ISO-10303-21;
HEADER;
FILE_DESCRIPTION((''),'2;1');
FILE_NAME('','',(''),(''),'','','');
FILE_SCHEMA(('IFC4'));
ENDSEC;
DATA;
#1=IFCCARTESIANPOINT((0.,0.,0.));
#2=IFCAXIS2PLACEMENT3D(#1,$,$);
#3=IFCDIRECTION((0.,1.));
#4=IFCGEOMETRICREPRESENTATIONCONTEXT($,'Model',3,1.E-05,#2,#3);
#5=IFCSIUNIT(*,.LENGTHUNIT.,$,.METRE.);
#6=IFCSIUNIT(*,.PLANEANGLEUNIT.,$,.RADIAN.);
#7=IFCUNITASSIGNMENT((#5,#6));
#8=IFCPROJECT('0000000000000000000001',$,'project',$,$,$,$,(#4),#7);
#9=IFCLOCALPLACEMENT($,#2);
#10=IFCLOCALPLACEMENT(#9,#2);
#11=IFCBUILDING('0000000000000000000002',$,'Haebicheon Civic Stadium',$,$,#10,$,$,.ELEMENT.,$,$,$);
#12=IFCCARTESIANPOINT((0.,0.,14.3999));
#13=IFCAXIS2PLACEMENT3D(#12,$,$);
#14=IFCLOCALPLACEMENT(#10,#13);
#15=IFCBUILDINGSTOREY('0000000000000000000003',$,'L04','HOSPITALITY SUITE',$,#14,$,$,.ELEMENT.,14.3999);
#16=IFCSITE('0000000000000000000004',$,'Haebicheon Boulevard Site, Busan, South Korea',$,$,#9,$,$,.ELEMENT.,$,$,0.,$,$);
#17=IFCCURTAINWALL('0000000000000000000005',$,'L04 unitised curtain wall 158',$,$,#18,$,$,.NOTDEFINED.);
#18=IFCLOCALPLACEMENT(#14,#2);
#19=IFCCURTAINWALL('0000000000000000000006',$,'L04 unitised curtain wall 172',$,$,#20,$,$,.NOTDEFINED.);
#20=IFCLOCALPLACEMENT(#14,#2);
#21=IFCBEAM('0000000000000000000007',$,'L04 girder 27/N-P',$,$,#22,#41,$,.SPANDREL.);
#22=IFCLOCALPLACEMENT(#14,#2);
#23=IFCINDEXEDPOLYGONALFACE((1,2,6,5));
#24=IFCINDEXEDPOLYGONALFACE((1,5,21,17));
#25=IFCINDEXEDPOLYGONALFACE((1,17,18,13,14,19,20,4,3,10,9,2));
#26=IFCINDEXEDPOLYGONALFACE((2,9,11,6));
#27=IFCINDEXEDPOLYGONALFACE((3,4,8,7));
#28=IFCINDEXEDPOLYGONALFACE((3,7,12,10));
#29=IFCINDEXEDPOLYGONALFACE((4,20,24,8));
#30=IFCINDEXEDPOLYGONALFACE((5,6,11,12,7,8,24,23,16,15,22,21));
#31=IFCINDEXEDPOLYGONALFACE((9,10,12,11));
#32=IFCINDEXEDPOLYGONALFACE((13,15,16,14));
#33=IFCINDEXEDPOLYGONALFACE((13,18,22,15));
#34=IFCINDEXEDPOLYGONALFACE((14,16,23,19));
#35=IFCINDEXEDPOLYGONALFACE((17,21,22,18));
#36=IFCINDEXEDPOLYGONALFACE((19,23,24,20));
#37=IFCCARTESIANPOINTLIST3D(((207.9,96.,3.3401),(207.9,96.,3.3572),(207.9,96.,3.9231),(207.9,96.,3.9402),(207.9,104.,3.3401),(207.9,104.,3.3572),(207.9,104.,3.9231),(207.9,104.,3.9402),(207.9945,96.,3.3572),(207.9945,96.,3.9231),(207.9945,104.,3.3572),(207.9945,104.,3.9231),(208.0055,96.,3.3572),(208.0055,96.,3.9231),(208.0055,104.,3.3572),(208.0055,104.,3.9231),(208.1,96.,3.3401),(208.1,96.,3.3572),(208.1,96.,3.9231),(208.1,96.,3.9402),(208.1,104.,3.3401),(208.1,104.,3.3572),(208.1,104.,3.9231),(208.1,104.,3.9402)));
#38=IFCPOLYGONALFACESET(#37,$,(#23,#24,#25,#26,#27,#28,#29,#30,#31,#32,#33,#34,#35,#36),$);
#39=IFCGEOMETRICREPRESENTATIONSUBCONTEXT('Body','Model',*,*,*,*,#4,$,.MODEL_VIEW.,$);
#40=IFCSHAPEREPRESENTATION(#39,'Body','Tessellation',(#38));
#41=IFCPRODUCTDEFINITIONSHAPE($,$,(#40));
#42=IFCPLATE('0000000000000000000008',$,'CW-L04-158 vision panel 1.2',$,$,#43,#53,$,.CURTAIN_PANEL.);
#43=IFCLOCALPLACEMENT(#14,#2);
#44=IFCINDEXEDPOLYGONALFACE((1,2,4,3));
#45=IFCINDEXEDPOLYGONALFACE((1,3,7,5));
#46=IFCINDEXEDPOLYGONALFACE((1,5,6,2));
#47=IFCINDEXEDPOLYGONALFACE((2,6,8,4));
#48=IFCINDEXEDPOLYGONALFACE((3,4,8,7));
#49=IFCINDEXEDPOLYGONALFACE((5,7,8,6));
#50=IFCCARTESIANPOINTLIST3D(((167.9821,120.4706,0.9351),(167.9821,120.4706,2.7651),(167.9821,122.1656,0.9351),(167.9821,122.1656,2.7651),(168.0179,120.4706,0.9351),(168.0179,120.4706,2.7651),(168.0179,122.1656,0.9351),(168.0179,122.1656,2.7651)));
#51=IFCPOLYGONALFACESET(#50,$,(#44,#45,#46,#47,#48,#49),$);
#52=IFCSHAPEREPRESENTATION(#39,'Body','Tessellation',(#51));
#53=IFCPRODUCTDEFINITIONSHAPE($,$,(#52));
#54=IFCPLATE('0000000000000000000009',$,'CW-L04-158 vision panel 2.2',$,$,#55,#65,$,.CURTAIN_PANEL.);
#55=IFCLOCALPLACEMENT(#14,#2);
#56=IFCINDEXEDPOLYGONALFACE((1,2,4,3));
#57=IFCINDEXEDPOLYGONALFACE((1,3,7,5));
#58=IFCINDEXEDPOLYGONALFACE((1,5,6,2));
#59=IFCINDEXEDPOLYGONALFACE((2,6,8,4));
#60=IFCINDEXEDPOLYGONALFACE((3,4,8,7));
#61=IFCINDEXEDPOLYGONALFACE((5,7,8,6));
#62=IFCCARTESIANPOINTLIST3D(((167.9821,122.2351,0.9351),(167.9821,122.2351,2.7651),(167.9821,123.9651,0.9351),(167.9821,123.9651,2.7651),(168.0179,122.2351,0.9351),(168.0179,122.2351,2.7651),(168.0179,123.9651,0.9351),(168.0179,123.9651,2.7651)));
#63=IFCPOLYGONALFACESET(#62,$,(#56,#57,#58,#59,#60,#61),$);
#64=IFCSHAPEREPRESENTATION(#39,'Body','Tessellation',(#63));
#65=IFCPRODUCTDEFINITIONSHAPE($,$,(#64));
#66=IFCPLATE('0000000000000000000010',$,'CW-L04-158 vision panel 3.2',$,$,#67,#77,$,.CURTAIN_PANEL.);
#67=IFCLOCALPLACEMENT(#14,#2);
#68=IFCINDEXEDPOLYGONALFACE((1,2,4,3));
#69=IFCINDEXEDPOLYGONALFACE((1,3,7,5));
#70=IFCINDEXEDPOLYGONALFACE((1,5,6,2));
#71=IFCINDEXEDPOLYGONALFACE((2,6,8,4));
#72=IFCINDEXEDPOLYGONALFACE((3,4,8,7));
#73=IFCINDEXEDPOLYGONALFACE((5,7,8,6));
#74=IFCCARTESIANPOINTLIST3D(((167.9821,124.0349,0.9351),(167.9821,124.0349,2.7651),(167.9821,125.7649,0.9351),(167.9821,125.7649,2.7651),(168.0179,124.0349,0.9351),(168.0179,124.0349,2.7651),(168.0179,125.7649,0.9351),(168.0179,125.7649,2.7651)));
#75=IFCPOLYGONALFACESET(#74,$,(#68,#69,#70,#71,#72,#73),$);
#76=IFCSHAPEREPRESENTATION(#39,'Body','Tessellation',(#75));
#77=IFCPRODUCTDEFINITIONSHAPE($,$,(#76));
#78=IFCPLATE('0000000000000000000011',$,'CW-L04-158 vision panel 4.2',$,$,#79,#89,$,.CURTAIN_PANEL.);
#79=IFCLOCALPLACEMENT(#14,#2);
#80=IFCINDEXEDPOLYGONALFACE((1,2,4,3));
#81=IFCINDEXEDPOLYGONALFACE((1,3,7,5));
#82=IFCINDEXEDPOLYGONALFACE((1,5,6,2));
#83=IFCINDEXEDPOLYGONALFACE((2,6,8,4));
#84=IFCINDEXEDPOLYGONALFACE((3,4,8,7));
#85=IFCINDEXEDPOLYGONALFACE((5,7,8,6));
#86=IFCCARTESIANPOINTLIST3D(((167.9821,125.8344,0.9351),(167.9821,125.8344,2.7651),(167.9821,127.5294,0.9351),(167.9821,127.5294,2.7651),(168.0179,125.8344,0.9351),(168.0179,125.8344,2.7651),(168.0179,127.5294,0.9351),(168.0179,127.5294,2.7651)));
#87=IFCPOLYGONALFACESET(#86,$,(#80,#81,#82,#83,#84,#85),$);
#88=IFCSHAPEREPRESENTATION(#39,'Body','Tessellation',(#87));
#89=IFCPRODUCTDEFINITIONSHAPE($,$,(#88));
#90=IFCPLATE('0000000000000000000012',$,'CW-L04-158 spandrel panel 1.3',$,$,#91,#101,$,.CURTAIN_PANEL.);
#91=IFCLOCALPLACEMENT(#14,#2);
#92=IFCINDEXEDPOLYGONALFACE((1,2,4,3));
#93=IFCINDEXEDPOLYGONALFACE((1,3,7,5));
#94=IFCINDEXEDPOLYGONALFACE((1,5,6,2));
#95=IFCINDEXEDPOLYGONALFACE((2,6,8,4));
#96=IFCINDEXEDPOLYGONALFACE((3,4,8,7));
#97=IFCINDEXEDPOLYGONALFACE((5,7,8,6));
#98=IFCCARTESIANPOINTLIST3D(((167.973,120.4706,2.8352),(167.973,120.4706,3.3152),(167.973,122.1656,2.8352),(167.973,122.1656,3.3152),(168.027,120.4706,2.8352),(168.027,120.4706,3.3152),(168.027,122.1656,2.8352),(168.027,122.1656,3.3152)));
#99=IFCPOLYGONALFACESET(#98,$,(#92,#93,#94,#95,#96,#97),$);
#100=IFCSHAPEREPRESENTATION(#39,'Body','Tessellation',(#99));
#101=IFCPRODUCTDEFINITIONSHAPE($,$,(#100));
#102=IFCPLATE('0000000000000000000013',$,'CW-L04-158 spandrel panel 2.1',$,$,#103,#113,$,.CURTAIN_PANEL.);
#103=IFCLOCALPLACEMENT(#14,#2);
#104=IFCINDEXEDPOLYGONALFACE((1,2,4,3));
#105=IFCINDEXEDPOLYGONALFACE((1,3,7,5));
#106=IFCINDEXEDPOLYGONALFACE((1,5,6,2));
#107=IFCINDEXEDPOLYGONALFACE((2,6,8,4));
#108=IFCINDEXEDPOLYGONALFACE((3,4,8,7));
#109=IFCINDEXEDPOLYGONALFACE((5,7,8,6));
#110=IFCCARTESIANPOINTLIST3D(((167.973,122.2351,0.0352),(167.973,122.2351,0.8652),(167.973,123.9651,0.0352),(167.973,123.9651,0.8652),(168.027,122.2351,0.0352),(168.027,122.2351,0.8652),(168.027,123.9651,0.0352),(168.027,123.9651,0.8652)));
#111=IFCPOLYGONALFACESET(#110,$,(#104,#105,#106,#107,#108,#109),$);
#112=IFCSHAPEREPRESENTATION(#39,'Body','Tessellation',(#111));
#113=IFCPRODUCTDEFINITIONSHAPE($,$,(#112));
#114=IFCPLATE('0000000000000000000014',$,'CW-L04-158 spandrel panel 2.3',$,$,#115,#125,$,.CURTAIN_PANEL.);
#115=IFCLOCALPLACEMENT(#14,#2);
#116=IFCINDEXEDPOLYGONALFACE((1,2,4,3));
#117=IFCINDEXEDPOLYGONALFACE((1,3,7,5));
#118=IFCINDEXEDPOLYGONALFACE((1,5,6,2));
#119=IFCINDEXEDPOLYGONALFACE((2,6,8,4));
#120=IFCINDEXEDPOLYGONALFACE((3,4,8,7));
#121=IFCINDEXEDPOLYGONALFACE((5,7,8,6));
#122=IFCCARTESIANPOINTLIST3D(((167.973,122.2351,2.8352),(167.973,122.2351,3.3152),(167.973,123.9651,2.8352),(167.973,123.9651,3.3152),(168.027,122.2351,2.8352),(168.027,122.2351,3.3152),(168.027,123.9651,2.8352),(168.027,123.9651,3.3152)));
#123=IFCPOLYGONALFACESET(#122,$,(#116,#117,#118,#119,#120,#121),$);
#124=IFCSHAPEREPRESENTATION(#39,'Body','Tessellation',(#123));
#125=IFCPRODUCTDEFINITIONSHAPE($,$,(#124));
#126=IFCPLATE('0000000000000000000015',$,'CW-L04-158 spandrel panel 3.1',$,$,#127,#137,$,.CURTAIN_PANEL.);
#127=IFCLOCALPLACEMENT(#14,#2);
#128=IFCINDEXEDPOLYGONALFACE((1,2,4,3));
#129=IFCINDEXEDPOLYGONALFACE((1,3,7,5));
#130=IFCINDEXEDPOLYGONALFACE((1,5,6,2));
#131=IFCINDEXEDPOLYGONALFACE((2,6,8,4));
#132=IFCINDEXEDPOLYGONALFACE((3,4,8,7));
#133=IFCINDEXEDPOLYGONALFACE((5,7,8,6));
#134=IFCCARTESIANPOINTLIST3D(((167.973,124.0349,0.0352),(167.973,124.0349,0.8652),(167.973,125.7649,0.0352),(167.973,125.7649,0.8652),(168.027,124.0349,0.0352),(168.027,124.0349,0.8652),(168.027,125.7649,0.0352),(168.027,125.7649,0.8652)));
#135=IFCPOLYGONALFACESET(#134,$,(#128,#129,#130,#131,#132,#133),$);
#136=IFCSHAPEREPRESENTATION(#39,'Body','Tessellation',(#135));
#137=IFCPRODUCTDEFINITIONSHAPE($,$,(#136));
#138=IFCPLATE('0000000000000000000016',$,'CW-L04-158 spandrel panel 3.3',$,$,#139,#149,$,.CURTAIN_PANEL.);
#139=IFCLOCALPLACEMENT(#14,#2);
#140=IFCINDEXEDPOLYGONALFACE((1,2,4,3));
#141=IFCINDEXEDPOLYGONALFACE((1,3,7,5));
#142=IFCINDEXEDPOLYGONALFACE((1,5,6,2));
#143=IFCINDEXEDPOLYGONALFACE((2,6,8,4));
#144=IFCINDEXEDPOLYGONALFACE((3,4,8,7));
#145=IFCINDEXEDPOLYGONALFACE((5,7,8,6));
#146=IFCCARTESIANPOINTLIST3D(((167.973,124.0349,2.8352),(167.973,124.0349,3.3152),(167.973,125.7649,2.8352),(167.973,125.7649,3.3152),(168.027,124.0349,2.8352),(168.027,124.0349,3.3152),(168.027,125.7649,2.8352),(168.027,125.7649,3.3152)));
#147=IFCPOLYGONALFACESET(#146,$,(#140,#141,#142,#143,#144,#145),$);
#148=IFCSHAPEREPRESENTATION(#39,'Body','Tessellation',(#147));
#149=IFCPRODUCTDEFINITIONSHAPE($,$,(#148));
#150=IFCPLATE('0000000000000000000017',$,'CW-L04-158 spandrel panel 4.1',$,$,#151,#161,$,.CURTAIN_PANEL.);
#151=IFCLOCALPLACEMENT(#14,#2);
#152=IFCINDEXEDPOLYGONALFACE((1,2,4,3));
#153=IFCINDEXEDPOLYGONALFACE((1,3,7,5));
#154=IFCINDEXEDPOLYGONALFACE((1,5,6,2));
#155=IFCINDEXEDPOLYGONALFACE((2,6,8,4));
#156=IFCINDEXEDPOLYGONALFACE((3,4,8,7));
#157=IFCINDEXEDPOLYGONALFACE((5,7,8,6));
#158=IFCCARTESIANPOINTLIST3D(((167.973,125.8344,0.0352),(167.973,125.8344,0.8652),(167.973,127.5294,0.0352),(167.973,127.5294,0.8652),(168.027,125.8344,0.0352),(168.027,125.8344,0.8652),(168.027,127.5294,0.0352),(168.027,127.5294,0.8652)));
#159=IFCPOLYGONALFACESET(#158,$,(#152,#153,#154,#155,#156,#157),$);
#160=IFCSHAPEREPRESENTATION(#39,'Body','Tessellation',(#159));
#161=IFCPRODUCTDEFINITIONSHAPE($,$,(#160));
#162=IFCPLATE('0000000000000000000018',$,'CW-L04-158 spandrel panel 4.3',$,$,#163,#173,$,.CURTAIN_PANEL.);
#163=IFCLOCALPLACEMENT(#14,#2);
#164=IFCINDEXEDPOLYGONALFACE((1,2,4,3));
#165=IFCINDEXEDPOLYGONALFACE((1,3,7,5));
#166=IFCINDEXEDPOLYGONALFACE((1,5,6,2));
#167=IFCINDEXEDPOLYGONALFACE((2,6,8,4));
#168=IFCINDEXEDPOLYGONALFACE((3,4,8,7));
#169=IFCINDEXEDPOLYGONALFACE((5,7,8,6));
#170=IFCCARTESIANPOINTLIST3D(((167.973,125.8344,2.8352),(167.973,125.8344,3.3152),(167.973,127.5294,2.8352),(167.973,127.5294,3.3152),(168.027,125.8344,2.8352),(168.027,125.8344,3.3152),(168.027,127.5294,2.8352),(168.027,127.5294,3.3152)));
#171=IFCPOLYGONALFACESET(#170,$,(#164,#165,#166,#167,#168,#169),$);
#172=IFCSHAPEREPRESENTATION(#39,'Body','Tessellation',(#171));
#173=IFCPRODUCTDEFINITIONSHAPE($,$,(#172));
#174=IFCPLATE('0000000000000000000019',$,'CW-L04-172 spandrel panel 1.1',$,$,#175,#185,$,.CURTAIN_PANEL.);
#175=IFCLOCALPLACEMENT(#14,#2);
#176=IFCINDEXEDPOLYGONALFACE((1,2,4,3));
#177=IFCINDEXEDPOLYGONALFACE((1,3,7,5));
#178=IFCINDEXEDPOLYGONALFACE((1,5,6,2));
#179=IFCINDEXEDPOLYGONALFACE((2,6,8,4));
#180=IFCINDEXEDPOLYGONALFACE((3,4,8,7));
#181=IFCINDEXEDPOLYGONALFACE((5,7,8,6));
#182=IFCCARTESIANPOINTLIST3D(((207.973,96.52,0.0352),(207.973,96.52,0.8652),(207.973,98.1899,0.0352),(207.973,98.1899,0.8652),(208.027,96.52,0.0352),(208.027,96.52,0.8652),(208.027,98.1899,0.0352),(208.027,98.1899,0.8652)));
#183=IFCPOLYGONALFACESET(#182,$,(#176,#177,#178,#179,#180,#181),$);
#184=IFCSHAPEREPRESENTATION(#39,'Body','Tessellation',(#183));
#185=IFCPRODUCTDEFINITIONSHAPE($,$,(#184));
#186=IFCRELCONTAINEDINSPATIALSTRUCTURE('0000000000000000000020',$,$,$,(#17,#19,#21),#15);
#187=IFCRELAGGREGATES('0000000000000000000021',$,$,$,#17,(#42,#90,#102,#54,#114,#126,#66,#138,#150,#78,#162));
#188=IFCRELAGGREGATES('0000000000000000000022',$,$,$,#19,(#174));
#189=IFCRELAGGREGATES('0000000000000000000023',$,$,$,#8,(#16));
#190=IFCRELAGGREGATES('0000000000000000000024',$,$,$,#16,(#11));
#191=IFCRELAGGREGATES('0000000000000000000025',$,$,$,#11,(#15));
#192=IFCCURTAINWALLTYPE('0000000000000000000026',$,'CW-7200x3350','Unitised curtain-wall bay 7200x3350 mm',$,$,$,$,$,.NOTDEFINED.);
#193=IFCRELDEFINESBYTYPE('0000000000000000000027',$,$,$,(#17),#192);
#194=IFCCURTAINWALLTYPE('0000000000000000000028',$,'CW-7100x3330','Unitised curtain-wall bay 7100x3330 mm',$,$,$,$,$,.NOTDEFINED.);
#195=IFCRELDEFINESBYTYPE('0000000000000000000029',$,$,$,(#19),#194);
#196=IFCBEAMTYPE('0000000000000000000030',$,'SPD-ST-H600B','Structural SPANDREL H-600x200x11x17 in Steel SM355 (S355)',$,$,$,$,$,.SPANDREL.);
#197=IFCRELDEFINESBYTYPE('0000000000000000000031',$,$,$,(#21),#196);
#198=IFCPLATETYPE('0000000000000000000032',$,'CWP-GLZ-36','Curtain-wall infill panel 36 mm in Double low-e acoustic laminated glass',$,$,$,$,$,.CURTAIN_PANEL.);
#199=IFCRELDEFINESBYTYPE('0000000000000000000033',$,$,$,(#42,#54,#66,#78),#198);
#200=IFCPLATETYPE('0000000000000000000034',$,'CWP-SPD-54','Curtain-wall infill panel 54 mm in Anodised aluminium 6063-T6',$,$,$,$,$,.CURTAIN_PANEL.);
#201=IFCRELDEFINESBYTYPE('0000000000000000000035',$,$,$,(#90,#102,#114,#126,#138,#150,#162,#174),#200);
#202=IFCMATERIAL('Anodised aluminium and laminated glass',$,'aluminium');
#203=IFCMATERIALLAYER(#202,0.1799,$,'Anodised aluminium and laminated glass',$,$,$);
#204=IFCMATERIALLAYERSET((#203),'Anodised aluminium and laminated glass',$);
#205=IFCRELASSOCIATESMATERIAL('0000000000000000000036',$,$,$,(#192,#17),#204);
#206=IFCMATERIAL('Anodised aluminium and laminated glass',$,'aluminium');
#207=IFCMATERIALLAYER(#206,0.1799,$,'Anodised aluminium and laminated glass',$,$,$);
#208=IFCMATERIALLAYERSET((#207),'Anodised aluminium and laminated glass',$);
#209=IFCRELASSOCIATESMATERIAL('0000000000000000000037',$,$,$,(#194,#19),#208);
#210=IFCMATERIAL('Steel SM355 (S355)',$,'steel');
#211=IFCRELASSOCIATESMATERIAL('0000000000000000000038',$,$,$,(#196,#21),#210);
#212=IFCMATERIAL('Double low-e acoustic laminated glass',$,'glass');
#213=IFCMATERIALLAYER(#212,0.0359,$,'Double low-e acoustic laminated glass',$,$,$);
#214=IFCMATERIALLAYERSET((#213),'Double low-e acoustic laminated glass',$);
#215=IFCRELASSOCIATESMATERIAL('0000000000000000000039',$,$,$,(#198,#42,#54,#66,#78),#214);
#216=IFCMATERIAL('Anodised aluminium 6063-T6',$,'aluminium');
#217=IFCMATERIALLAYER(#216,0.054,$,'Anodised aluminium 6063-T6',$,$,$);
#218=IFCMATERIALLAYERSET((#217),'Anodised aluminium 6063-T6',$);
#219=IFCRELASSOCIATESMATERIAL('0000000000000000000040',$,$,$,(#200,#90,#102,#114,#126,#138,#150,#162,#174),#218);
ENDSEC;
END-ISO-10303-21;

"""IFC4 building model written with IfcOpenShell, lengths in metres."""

from ifc_helpers import new_model, si_unit, direction, frame, origin, origin_2d, place, context, subcontext, project, spatial, rectangle, i_section, extrude, material, layer, layer_set, material_profile, profile_set, type_object, element, aggregate, save


model = new_model("IFC4")

# Units and contexts
model_context = context("Model", 3, precision=1e-05, world=origin(), true_north=direction((0.0, 1.0)))
body_context = subcontext(model_context, "Body", "Model", "MODEL_VIEW")
ifc_project = project(units=[si_unit("LENGTHUNIT", "METRE"), si_unit("PLANEANGLEUNIT", "RADIAN")], contexts=[model_context])

# Site, building, storey
site_placement = place(None, origin())
site = spatial("IfcSite", under=ifc_project, at=site_placement, Name="Haebicheon Boulevard Site, Busan, South Korea", CompositionType="ELEMENT", RefElevation=0.0)
building_placement = place(site_placement, origin())
building = spatial("IfcBuilding", under=site, at=building_placement, Name="Haebicheon Civic Stadium", CompositionType="ELEMENT")
storey_placement = place(building_placement, frame((0.0, 0.0, 14.3999)))
storey = spatial("IfcBuildingStorey", under=building, at=storey_placement, Name="L04", Description="HOSPITALITY SUITE", CompositionType="ELEMENT", Elevation=14.3999)

# Curtain wall
ifc_material_1 = material(Name="Anodised aluminium and laminated glass", Category="aluminium")
ifc_layer_1 = layer(ifc_material_1, 0.1799, Name="Anodised aluminium and laminated glass")
ifc_layer_set_1 = layer_set([ifc_layer_1], Name="Anodised aluminium and laminated glass")
curtain_wall_type_1 = type_object("IfcCurtainWallType", Name="CW-7200x3350", Description="Unitised curtain-wall bay 7200x3350 mm", PredefinedType="NOTDEFINED", material=ifc_layer_set_1)
curtain_wall_1_placement = place(storey_placement, origin())
curtain_wall_1 = element("IfcCurtainWall", 1, at=curtain_wall_1_placement, inside=storey, type_object=curtain_wall_type_1, material=ifc_layer_set_1, Name="L04 unitised curtain wall 158", PredefinedType="NOTDEFINED")

# Curtain wall
ifc_material_2 = material(Name="Anodised aluminium and laminated glass", Category="aluminium")
ifc_layer_2 = layer(ifc_material_2, 0.1799, Name="Anodised aluminium and laminated glass")
ifc_layer_set_2 = layer_set([ifc_layer_2], Name="Anodised aluminium and laminated glass")
curtain_wall_type_2 = type_object("IfcCurtainWallType", Name="CW-7100x3330", Description="Unitised curtain-wall bay 7100x3330 mm", PredefinedType="NOTDEFINED", material=ifc_layer_set_2)
curtain_wall_2_placement = place(storey_placement, origin())
curtain_wall_2 = element("IfcCurtainWall", 2, at=curtain_wall_2_placement, inside=storey, type_object=curtain_wall_type_2, material=ifc_layer_set_2, Name="L04 unitised curtain wall 172", PredefinedType="NOTDEFINED")

# Beam
ifc_material_3 = material(Name="Steel SM355 (S355)", Category="steel")
ifc_material_profile_1 = material_profile(ifc_material_3, i_section(OverallWidth=0.2, OverallDepth=0.6001, WebThickness=0.011, FlangeThickness=0.0171, at=origin_2d()), Name="H-600x200x11x17")
ifc_profile_set_1 = profile_set([ifc_material_profile_1], Name="Steel SM355 (S355)")
beam_type_1 = type_object("IfcBeamType", Name="SPD-ST-H600B", Description="Structural SPANDREL H-600x200x11x17 in Steel SM355 (S355)", PredefinedType="SPANDREL", material=ifc_profile_set_1)
beam_1_placement = place(storey_placement, frame((208.0, 96.0, 3.6401), z_axis=(0.0, 1.0, 0.0), x_axis=(-1.0, 0.0, 0.0)))
element("IfcBeam", 3, at=beam_1_placement, inside=storey, type_object=beam_type_1, material=ifc_profile_set_1, Name="L04 girder 27/N-P", PredefinedType="SPANDREL", context=body_context, shape_type="SweptSolid", body=[
    extrude(i_section(OverallWidth=0.2, OverallDepth=0.6001, WebThickness=0.011, FlangeThickness=0.0171, at=origin_2d()), origin(), (0.0, 0.0, 1.0), 8.0),
])

# Plates
ifc_material_4 = material(Name="Double low-e acoustic laminated glass", Category="glass")
ifc_layer_3 = layer(ifc_material_4, 0.0359, Name="Double low-e acoustic laminated glass")
ifc_layer_set_3 = layer_set([ifc_layer_3], Name="Double low-e acoustic laminated glass")
plate_type_1 = type_object("IfcPlateType", Name="CWP-GLZ-36", Description="Curtain-wall infill panel 36 mm in Double low-e acoustic laminated glass", PredefinedType="CURTAIN_PANEL", material=ifc_layer_set_3)
plate_1_placement = place(storey_placement, frame((168.0, 121.3181, 0.9351), z_axis=(0.0, 0.0, 1.0), x_axis=(0.0, 1.0, 0.0)))
plate_1 = element("IfcPlate", 4, at=plate_1_placement, type_object=plate_type_1, material=ifc_layer_set_3, Name="CW-L04-158 vision panel 1.2", PredefinedType="CURTAIN_PANEL", context=body_context, shape_type="SweptSolid", body=[
    extrude(rectangle(XDim=1.6951, YDim=0.0359, at=origin_2d()), origin(), (0.0, 0.0, 1.0), 1.8301),
])
plate_2_placement = place(storey_placement, frame((168.0, 123.1001, 0.9351), z_axis=(0.0, 0.0, 1.0), x_axis=(0.0, 1.0, 0.0)))
plate_2 = element("IfcPlate", 5, at=plate_2_placement, type_object=plate_type_1, material=ifc_layer_set_3, Name="CW-L04-158 vision panel 2.2", PredefinedType="CURTAIN_PANEL", context=body_context, shape_type="SweptSolid", body=[
    extrude(rectangle(XDim=1.73, YDim=0.0359, at=origin_2d()), origin(), (0.0, 0.0, 1.0), 1.8301),
])
plate_3_placement = place(storey_placement, frame((168.0, 124.8999, 0.9351), z_axis=(0.0, 0.0, 1.0), x_axis=(0.0, 1.0, 0.0)))
plate_3 = element("IfcPlate", 6, at=plate_3_placement, type_object=plate_type_1, material=ifc_layer_set_3, Name="CW-L04-158 vision panel 3.2", PredefinedType="CURTAIN_PANEL", context=body_context, shape_type="SweptSolid", body=[
    extrude(rectangle(XDim=1.73, YDim=0.0359, at=origin_2d()), origin(), (0.0, 0.0, 1.0), 1.8301),
])
plate_4_placement = place(storey_placement, frame((168.0, 126.6819, 0.9351), z_axis=(0.0, 0.0, 1.0), x_axis=(0.0, 1.0, 0.0)))
plate_4 = element("IfcPlate", 7, at=plate_4_placement, type_object=plate_type_1, material=ifc_layer_set_3, Name="CW-L04-158 vision panel 4.2", PredefinedType="CURTAIN_PANEL", context=body_context, shape_type="SweptSolid", body=[
    extrude(rectangle(XDim=1.6951, YDim=0.0359, at=origin_2d()), origin(), (0.0, 0.0, 1.0), 1.8301),
])
ifc_material_5 = material(Name="Anodised aluminium 6063-T6", Category="aluminium")
ifc_layer_4 = layer(ifc_material_5, 0.054, Name="Anodised aluminium 6063-T6")
ifc_layer_set_4 = layer_set([ifc_layer_4], Name="Anodised aluminium 6063-T6")
plate_type_2 = type_object("IfcPlateType", Name="CWP-SPD-54", Description="Curtain-wall infill panel 54 mm in Anodised aluminium 6063-T6", PredefinedType="CURTAIN_PANEL", material=ifc_layer_set_4)
plate_5_placement = place(storey_placement, frame((168.0, 121.3181, 2.8352), z_axis=(0.0, 0.0, 1.0), x_axis=(0.0, 1.0, 0.0)))
plate_5 = element("IfcPlate", 8, at=plate_5_placement, type_object=plate_type_2, material=ifc_layer_set_4, Name="CW-L04-158 spandrel panel 1.3", PredefinedType="CURTAIN_PANEL", context=body_context, shape_type="SweptSolid", body=[
    extrude(rectangle(XDim=1.6951, YDim=0.054, at=origin_2d()), origin(), (0.0, 0.0, 1.0), 0.48),
])
plate_6_placement = place(storey_placement, frame((168.0, 123.1001, 0.0352), z_axis=(0.0, 0.0, 1.0), x_axis=(0.0, 1.0, 0.0)))
plate_6 = element("IfcPlate", 9, at=plate_6_placement, type_object=plate_type_2, material=ifc_layer_set_4, Name="CW-L04-158 spandrel panel 2.1", PredefinedType="CURTAIN_PANEL", context=body_context, shape_type="SweptSolid", body=[
    extrude(rectangle(XDim=1.73, YDim=0.054, at=origin_2d()), origin(), (0.0, 0.0, 1.0), 0.8301),
])
plate_7_placement = place(storey_placement, frame((168.0, 123.1001, 2.8352), z_axis=(0.0, 0.0, 1.0), x_axis=(0.0, 1.0, 0.0)))
plate_7 = element("IfcPlate", 10, at=plate_7_placement, type_object=plate_type_2, material=ifc_layer_set_4, Name="CW-L04-158 spandrel panel 2.3", PredefinedType="CURTAIN_PANEL", context=body_context, shape_type="SweptSolid", body=[
    extrude(rectangle(XDim=1.73, YDim=0.054, at=origin_2d()), origin(), (0.0, 0.0, 1.0), 0.48),
])
plate_8_placement = place(storey_placement, frame((168.0, 124.8999, 0.0352), z_axis=(0.0, 0.0, 1.0), x_axis=(0.0, 1.0, 0.0)))
plate_8 = element("IfcPlate", 11, at=plate_8_placement, type_object=plate_type_2, material=ifc_layer_set_4, Name="CW-L04-158 spandrel panel 3.1", PredefinedType="CURTAIN_PANEL", context=body_context, shape_type="SweptSolid", body=[
    extrude(rectangle(XDim=1.73, YDim=0.054, at=origin_2d()), origin(), (0.0, 0.0, 1.0), 0.8301),
])
plate_9_placement = place(storey_placement, frame((168.0, 124.8999, 2.8352), z_axis=(0.0, 0.0, 1.0), x_axis=(0.0, 1.0, 0.0)))
plate_9 = element("IfcPlate", 12, at=plate_9_placement, type_object=plate_type_2, material=ifc_layer_set_4, Name="CW-L04-158 spandrel panel 3.3", PredefinedType="CURTAIN_PANEL", context=body_context, shape_type="SweptSolid", body=[
    extrude(rectangle(XDim=1.73, YDim=0.054, at=origin_2d()), origin(), (0.0, 0.0, 1.0), 0.48),
])
plate_10_placement = place(storey_placement, frame((168.0, 126.6819, 0.0352), z_axis=(0.0, 0.0, 1.0), x_axis=(0.0, 1.0, 0.0)))
plate_10 = element("IfcPlate", 13, at=plate_10_placement, type_object=plate_type_2, material=ifc_layer_set_4, Name="CW-L04-158 spandrel panel 4.1", PredefinedType="CURTAIN_PANEL", context=body_context, shape_type="SweptSolid", body=[
    extrude(rectangle(XDim=1.6951, YDim=0.054, at=origin_2d()), origin(), (0.0, 0.0, 1.0), 0.8301),
])
plate_11_placement = place(storey_placement, frame((168.0, 126.6819, 2.8352), z_axis=(0.0, 0.0, 1.0), x_axis=(0.0, 1.0, 0.0)))
plate_11 = element("IfcPlate", 14, at=plate_11_placement, type_object=plate_type_2, material=ifc_layer_set_4, Name="CW-L04-158 spandrel panel 4.3", PredefinedType="CURTAIN_PANEL", context=body_context, shape_type="SweptSolid", body=[
    extrude(rectangle(XDim=1.6951, YDim=0.054, at=origin_2d()), origin(), (0.0, 0.0, 1.0), 0.48),
])
aggregate(curtain_wall_1, [plate_1, plate_5, plate_6, plate_2, plate_7, plate_8, plate_3, plate_9, plate_10, plate_4, plate_11])
plate_12_placement = place(storey_placement, frame((208.0, 97.355, 0.0352), z_axis=(0.0, 0.0, 1.0), x_axis=(0.0, 1.0, 0.0)))
plate_12 = element("IfcPlate", 15, at=plate_12_placement, type_object=plate_type_2, material=ifc_layer_set_4, Name="CW-L04-172 spandrel panel 1.1", PredefinedType="CURTAIN_PANEL", context=body_context, shape_type="SweptSolid", body=[
    extrude(rectangle(XDim=1.6699, YDim=0.054, at=origin_2d()), origin(), (0.0, 0.0, 1.0), 0.8301),
])
aggregate(curtain_wall_2, [plate_12])

save(model, "model.ifc")
